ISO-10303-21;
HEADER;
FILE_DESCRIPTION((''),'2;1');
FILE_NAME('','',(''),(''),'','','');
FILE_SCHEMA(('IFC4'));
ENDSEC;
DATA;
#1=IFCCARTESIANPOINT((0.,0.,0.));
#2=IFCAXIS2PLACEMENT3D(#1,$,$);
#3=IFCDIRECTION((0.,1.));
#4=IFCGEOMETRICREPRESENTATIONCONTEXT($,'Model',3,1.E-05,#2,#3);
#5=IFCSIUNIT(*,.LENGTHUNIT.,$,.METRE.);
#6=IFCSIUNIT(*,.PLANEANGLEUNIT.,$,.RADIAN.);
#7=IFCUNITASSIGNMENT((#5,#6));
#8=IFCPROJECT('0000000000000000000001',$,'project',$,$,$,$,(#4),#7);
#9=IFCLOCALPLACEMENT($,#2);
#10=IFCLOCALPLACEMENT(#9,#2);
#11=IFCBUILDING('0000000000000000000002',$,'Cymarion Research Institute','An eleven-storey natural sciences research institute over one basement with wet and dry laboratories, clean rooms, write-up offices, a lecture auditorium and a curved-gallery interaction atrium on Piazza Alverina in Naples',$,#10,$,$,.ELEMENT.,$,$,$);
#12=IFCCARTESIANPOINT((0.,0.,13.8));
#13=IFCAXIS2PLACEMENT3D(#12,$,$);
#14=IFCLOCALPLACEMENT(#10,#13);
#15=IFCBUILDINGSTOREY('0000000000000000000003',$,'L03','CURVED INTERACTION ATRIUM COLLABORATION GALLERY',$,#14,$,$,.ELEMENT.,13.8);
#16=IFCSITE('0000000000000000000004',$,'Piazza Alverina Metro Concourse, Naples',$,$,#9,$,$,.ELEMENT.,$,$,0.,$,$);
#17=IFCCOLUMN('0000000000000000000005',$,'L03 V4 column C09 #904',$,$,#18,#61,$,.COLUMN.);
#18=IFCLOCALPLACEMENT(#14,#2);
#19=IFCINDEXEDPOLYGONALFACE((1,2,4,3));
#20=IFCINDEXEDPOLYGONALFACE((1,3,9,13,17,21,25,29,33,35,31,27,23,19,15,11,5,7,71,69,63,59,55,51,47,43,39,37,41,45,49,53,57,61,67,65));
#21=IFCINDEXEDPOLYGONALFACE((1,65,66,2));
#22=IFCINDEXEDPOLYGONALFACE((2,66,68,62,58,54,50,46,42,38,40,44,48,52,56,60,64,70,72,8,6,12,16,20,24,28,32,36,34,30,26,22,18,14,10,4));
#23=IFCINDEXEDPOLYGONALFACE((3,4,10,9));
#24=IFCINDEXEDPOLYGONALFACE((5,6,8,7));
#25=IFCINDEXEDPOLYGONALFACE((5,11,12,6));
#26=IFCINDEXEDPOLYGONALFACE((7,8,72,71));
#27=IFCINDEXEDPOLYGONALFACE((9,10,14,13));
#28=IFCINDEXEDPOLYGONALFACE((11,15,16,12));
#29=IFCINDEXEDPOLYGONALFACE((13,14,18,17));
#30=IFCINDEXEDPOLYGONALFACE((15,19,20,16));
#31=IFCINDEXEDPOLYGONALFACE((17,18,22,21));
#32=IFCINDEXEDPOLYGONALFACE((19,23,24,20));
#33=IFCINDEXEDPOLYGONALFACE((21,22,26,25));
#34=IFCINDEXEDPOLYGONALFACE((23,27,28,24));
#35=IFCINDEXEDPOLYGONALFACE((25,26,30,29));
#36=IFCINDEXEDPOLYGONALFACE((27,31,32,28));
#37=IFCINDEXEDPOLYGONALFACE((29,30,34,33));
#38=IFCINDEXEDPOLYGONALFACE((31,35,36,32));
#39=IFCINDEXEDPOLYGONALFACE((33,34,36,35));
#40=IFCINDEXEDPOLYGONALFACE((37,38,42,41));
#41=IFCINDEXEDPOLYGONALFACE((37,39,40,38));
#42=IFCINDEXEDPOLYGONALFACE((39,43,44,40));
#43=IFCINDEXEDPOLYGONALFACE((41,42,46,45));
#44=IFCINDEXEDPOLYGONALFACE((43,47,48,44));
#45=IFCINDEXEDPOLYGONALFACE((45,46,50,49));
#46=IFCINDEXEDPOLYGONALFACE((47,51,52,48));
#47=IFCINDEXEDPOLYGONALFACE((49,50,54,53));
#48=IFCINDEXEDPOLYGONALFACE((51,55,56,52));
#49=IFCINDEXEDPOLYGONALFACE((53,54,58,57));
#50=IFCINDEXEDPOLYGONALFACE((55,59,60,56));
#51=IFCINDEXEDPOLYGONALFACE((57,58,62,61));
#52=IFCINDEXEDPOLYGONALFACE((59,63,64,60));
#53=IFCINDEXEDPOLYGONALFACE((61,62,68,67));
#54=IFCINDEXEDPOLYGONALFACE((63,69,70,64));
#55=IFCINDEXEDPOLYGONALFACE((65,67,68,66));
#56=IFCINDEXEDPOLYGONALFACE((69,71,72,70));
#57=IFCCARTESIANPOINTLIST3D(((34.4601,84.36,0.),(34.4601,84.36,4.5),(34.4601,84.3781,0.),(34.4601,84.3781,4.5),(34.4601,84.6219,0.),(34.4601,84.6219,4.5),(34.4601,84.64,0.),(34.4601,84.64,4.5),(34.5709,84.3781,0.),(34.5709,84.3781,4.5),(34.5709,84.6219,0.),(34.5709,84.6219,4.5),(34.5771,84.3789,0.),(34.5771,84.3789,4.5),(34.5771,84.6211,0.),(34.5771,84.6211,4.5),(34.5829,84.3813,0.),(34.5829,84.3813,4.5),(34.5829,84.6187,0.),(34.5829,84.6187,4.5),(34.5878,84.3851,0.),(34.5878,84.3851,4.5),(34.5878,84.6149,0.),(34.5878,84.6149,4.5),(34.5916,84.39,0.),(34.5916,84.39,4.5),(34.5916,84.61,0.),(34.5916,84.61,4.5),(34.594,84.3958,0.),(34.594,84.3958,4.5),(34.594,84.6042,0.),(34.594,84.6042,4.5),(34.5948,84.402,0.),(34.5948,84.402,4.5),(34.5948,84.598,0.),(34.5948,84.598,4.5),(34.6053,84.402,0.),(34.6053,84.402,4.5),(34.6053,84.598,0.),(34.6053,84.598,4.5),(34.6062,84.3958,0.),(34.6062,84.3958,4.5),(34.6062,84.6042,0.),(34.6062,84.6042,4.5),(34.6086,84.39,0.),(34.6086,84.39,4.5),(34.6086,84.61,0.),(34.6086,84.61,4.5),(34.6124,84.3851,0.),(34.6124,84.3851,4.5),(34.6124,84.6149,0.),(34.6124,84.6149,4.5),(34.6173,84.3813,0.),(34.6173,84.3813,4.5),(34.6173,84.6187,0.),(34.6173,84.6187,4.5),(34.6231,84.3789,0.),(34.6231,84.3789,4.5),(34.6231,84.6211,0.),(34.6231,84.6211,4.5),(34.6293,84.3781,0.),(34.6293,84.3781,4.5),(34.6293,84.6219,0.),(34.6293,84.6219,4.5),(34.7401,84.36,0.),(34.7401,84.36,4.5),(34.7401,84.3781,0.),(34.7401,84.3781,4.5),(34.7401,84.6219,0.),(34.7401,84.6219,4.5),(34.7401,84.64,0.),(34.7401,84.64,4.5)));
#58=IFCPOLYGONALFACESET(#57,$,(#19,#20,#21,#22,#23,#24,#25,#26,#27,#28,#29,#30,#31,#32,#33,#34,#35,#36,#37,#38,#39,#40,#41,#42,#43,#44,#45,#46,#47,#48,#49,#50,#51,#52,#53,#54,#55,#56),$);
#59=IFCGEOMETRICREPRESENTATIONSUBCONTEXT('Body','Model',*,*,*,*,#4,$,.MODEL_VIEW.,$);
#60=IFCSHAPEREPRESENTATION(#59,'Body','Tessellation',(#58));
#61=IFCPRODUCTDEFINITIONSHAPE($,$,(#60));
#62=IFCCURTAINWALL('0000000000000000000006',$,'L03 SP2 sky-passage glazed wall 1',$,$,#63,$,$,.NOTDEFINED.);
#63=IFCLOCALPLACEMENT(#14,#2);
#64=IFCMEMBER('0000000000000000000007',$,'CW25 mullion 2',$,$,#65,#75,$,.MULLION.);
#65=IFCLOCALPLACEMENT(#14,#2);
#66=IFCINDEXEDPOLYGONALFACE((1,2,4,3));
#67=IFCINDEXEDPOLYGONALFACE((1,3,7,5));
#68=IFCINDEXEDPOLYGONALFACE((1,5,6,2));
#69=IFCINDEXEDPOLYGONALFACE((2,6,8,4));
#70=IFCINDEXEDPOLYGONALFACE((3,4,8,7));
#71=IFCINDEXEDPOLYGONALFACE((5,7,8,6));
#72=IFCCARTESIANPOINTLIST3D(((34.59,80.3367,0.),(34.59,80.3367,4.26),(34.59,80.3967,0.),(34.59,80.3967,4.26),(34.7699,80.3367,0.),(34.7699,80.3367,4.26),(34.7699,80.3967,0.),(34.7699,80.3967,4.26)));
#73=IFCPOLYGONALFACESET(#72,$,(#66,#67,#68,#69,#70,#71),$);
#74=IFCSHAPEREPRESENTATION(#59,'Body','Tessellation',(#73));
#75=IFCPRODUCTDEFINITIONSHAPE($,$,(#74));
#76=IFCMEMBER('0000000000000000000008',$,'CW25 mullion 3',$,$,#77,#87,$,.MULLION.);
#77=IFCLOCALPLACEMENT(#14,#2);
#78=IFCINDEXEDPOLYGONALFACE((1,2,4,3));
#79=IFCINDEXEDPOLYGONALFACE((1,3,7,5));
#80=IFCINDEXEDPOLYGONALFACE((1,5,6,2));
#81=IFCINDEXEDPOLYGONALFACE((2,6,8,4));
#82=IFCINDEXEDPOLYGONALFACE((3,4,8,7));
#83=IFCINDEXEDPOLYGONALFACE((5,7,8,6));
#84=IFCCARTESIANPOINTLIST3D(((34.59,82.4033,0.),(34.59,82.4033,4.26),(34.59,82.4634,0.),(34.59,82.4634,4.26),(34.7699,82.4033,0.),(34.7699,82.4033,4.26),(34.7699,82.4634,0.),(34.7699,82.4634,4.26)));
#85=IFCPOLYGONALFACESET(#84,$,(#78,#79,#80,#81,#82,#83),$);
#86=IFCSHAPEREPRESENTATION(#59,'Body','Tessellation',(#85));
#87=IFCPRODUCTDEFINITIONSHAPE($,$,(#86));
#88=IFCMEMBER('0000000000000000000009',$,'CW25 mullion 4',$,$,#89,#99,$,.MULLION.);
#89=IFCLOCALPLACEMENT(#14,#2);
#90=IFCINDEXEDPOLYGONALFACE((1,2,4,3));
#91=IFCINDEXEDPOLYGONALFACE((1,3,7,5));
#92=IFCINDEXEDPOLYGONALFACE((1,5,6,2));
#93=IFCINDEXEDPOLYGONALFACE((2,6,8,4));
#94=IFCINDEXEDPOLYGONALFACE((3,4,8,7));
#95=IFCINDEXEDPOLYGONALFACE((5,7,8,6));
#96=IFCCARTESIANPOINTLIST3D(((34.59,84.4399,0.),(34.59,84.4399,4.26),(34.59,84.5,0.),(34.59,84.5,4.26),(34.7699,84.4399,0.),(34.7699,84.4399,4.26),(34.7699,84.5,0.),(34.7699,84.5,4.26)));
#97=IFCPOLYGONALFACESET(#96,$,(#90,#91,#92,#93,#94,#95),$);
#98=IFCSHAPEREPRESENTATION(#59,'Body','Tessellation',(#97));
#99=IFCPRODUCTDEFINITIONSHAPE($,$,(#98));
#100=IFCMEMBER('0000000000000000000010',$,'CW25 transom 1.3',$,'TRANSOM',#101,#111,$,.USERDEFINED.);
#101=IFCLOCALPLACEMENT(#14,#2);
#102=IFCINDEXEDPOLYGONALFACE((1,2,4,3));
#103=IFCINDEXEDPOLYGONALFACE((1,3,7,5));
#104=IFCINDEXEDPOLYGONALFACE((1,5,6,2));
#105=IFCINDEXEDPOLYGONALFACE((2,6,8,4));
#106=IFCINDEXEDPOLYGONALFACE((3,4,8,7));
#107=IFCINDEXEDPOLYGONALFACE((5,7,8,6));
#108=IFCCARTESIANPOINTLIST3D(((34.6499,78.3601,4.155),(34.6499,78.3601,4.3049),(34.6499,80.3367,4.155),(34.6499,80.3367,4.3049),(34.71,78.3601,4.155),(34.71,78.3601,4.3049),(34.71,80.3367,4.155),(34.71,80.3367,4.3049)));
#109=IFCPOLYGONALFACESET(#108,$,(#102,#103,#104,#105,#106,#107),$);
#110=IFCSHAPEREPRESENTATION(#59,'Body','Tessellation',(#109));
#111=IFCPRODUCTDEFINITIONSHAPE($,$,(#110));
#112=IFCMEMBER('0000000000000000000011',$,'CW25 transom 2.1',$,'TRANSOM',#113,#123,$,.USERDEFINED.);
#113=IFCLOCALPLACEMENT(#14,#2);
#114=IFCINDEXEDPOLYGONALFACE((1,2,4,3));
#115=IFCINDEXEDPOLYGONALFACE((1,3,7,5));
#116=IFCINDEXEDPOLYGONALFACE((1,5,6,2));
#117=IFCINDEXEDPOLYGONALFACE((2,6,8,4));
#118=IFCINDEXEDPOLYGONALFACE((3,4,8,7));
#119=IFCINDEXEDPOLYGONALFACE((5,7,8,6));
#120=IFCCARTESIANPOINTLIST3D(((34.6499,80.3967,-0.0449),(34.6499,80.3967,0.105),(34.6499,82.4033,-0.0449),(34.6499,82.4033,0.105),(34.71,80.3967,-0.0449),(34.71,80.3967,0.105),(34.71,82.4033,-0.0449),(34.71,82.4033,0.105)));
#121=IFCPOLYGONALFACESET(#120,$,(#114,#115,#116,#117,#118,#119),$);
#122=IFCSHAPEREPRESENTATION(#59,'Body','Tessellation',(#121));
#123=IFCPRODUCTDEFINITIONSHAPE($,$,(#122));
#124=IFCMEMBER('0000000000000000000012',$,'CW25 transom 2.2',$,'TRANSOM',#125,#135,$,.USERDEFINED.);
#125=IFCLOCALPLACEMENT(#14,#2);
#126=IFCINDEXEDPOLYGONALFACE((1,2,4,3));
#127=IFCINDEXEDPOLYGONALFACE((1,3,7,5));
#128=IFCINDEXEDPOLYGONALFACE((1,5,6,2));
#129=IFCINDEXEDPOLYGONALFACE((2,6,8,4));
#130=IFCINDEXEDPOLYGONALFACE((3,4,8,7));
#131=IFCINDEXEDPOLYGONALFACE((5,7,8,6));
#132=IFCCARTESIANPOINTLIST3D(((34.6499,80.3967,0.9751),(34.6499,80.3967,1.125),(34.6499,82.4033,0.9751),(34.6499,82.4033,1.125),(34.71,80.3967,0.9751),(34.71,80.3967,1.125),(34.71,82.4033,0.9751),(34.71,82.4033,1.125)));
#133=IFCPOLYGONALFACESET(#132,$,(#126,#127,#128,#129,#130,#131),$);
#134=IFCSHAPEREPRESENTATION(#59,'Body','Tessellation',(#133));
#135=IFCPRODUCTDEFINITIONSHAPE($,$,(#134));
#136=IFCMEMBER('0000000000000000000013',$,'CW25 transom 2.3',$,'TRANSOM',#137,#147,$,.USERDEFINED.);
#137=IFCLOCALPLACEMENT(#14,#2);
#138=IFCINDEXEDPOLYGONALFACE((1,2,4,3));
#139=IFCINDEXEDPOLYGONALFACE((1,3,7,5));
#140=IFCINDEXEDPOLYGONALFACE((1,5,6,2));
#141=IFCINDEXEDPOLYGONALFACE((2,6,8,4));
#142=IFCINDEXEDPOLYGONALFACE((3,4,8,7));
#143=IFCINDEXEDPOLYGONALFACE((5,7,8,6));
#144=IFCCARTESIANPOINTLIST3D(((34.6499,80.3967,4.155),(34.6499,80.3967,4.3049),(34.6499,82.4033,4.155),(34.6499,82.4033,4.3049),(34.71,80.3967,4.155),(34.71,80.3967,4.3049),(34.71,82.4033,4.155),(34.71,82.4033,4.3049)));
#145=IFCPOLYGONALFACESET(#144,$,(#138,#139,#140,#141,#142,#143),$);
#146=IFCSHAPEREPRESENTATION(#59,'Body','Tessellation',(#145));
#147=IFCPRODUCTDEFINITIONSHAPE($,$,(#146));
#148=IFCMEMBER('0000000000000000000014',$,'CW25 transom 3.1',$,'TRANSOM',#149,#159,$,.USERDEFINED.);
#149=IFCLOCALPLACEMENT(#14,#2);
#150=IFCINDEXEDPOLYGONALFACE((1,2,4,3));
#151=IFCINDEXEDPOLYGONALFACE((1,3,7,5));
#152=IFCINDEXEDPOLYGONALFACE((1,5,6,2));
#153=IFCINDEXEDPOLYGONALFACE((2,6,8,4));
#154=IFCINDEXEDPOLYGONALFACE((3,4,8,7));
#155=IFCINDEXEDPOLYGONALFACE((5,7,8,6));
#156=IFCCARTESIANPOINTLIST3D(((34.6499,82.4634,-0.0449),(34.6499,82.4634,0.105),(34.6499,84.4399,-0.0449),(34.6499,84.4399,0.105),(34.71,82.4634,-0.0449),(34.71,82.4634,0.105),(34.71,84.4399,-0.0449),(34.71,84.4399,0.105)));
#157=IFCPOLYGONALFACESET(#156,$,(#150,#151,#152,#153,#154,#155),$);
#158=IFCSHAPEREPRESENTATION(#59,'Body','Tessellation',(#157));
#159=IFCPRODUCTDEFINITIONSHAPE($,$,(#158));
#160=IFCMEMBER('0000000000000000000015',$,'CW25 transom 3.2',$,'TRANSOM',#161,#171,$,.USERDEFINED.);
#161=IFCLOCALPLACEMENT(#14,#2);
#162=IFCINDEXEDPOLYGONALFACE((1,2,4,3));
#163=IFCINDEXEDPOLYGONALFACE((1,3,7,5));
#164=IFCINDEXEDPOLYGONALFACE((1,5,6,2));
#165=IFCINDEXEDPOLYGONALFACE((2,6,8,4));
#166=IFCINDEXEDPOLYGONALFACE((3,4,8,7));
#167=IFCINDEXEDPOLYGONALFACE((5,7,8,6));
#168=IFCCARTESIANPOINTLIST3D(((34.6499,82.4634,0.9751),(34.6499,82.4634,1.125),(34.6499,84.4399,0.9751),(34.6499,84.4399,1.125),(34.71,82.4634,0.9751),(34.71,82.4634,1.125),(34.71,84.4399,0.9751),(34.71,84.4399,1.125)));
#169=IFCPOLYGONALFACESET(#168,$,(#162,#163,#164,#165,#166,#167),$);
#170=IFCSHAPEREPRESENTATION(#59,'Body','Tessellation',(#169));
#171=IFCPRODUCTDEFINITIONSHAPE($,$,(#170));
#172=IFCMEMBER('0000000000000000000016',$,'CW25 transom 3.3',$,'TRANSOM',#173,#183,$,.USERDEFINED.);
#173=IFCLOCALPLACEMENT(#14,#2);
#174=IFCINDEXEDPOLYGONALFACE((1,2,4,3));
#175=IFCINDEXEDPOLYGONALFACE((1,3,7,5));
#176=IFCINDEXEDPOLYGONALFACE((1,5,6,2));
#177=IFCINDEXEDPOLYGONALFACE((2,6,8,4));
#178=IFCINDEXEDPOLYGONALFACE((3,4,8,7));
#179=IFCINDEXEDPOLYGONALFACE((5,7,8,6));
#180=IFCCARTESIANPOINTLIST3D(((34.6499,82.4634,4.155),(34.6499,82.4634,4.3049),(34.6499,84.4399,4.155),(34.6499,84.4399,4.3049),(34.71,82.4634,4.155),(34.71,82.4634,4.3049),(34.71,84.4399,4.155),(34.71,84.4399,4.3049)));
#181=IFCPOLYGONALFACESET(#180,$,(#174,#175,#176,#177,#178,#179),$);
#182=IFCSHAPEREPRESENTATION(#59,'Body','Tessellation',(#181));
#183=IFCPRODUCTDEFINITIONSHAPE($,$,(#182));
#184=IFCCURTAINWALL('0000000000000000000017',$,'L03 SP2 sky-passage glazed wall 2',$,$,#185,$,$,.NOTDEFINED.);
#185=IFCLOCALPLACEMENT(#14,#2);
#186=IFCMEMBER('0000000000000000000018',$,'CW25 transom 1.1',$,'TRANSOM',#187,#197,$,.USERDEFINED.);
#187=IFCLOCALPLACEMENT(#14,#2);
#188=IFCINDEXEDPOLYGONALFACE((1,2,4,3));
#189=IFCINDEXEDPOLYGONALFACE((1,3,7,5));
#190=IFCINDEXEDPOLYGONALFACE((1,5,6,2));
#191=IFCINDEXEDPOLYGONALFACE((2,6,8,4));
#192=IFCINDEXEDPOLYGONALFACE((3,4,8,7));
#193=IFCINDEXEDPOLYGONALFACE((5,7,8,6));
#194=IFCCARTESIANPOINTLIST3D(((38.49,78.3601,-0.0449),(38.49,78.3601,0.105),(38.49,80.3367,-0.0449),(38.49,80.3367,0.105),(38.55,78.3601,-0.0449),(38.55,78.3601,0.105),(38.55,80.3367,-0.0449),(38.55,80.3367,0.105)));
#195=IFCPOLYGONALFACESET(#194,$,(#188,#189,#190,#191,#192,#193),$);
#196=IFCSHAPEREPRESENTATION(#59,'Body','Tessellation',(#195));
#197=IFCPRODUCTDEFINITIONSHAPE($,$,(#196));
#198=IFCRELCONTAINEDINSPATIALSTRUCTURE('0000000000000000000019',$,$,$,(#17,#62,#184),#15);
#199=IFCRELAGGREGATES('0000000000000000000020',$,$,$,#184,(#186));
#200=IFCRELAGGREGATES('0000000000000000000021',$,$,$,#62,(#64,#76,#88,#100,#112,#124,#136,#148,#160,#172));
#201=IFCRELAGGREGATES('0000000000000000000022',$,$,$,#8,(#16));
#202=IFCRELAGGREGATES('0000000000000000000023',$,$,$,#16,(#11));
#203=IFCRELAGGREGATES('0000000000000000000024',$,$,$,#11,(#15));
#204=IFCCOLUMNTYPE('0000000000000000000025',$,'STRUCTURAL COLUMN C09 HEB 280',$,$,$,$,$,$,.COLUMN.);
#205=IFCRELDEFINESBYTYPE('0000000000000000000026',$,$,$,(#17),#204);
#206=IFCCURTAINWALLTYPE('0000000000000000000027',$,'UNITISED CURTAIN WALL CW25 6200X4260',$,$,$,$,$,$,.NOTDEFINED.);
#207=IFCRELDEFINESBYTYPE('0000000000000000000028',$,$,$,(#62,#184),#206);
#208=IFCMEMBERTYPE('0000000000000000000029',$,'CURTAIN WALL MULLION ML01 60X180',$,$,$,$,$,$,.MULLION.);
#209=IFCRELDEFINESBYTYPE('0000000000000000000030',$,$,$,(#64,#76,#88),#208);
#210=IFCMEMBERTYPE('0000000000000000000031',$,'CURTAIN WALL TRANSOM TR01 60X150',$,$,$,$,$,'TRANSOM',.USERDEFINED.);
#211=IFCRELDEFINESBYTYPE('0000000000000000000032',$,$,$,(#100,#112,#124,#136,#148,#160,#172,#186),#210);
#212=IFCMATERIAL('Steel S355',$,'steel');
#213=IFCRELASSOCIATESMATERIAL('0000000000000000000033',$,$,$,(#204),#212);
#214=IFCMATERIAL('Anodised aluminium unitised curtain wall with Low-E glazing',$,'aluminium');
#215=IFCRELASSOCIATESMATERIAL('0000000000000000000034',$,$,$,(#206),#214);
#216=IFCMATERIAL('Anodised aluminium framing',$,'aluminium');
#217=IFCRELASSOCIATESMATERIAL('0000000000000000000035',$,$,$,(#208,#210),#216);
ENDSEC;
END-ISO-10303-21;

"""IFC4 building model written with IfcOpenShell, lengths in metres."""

from ifc_helpers import new_model, si_unit, direction, frame, origin, origin_2d, place, context, subcontext, project, spatial, rectangle, i_section, extrude, material, material_profile, profile_set, type_object, element, aggregate, save


model = new_model("IFC4")

# Units and contexts
model_context = context("Model", 3, precision=1e-05, world=origin(), true_north=direction((0.0, 1.0)))
body_context = subcontext(model_context, "Body", "Model", "MODEL_VIEW")
ifc_project = project(units=[si_unit("LENGTHUNIT", "METRE"), si_unit("PLANEANGLEUNIT", "RADIAN")], contexts=[model_context])

# Site, building, storey
site_placement = place(None, origin())
site = spatial("IfcSite", under=ifc_project, at=site_placement, Name="Piazza Alverina Metro Concourse, Naples", CompositionType="ELEMENT", RefElevation=0.0)
building_placement = place(site_placement, origin())
building = spatial("IfcBuilding", under=site, at=building_placement, Name="Cymarion Research Institute", Description="An eleven-storey natural sciences research institute over one basement with wet and dry laboratories, clean rooms, write-up offices, a lecture auditorium and a curved-gallery interaction atrium on Piazza Alverina in Naples", CompositionType="ELEMENT")
storey_placement = place(building_placement, frame((0.0, 0.0, 13.8)))
storey = spatial("IfcBuildingStorey", under=building, at=storey_placement, Name="L03", Description="CURVED INTERACTION ATRIUM COLLABORATION GALLERY", CompositionType="ELEMENT", Elevation=13.8)

# Column
ifc_material_1 = material(Name="Steel S355", Category="steel")
ifc_material_profile_1 = material_profile(ifc_material_1, i_section(OverallWidth=0.28, OverallDepth=0.28, WebThickness=0.0105, FlangeThickness=0.0181, FilletRadius=0.0239, at=origin_2d()), Name="HEB 280")
ifc_profile_set_1 = profile_set([ifc_material_profile_1], Name="Steel S355")
column_type = type_object("IfcColumnType", Name="STRUCTURAL COLUMN C09 HEB 280", PredefinedType="COLUMN", material=ifc_profile_set_1)
column_placement = place(storey_placement, frame((34.6001, 84.5, 0.0), z_axis=(0.0, 0.0, 1.0), x_axis=(1.0, 0.0, 0.0)))
element("IfcColumn", 1, at=column_placement, inside=storey, type_object=column_type, Name="L03 V4 column C09 #904", PredefinedType="COLUMN", context=body_context, shape_type="SweptSolid", body=[
    extrude(i_section(OverallWidth=0.28, OverallDepth=0.28, WebThickness=0.0105, FlangeThickness=0.0181, FilletRadius=0.0239, at=origin_2d()), origin(), (0.0, 0.0, 1.0), 4.5),
])

# Curtain walls, members
ifc_material_2 = material(Name="Anodised aluminium unitised curtain wall with Low-E glazing", Category="aluminium")
curtain_wall_type = type_object("IfcCurtainWallType", Name="UNITISED CURTAIN WALL CW25 6200X4260", PredefinedType="NOTDEFINED", material=ifc_material_2)
curtain_wall_1_placement = place(storey_placement, origin())
curtain_wall_1 = element("IfcCurtainWall", 2, at=curtain_wall_1_placement, inside=storey, type_object=curtain_wall_type, Name="L03 SP2 sky-passage glazed wall 1", PredefinedType="NOTDEFINED")
ifc_material_3 = material(Name="Anodised aluminium framing", Category="aluminium")
ifc_material_profile_2 = material_profile(ifc_material_3, rectangle(XDim=0.0601, YDim=0.1799, at=origin_2d()), Name="ALU MULLION 60x180")
ifc_profile_set_2 = profile_set([ifc_material_profile_2], Name="Anodised aluminium framing")
member_type_1 = type_object("IfcMemberType", Name="CURTAIN WALL MULLION ML01 60X180", PredefinedType="MULLION", material=ifc_profile_set_2)
member_1_placement = place(storey_placement, frame((34.6799, 80.3667, 0.0), z_axis=(0.0, 0.0, 1.0), x_axis=(0.0, 1.0, 0.0)))
member_1 = element("IfcMember", 3, at=member_1_placement, type_object=member_type_1, Name="CW25 mullion 2", PredefinedType="MULLION", context=body_context, shape_type="SweptSolid", body=[
    extrude(rectangle(XDim=0.0601, YDim=0.1799, at=origin_2d()), origin(), (0.0, 0.0, 1.0), 4.26),
])
member_2_placement = place(storey_placement, frame((34.6799, 82.4333, 0.0), z_axis=(0.0, 0.0, 1.0), x_axis=(0.0, 1.0, 0.0)))
member_2 = element("IfcMember", 4, at=member_2_placement, type_object=member_type_1, Name="CW25 mullion 3", PredefinedType="MULLION", context=body_context, shape_type="SweptSolid", body=[
    extrude(rectangle(XDim=0.0601, YDim=0.1799, at=origin_2d()), origin(), (0.0, 0.0, 1.0), 4.26),
])
member_3_placement = place(storey_placement, frame((34.6799, 84.47, 0.0), z_axis=(0.0, 0.0, 1.0), x_axis=(0.0, 1.0, 0.0)))
member_3 = element("IfcMember", 5, at=member_3_placement, type_object=member_type_1, Name="CW25 mullion 4", PredefinedType="MULLION", context=body_context, shape_type="SweptSolid", body=[
    extrude(rectangle(XDim=0.0601, YDim=0.1799, at=origin_2d()), origin(), (0.0, 0.0, 1.0), 4.26),
])
ifc_material_profile_3 = material_profile(ifc_material_3, rectangle(XDim=0.0601, YDim=0.1499, at=origin_2d()), Name="ALU TRANSOM 60x150")
ifc_profile_set_3 = profile_set([ifc_material_profile_3], Name="Anodised aluminium framing")
member_type_2 = type_object("IfcMemberType", Name="CURTAIN WALL TRANSOM TR01 60X150", ElementType="TRANSOM", PredefinedType="USERDEFINED", material=ifc_profile_set_3)
member_4_placement = place(storey_placement, frame((34.6799, 78.3601, 4.23), z_axis=(0.0, 1.0, 0.0), x_axis=(-1.0, 0.0, 0.0)))
member_4 = element("IfcMember", 6, at=member_4_placement, type_object=member_type_2, Name="CW25 transom 1.3", ObjectType="TRANSOM", PredefinedType="USERDEFINED", context=body_context, shape_type="SweptSolid", body=[
    extrude(rectangle(XDim=0.0601, YDim=0.1499, at=origin_2d()), origin(), (0.0, 0.0, 1.0), 1.9766),
])
member_5_placement = place(storey_placement, frame((34.6799, 80.3967, 0.03), z_axis=(0.0, 1.0, 0.0), x_axis=(-1.0, 0.0, 0.0)))
member_5 = element("IfcMember", 7, at=member_5_placement, type_object=member_type_2, Name="CW25 transom 2.1", ObjectType="TRANSOM", PredefinedType="USERDEFINED", context=body_context, shape_type="SweptSolid", body=[
    extrude(rectangle(XDim=0.0601, YDim=0.1499, at=origin_2d()), origin(), (0.0, 0.0, 1.0), 2.0066),
])
member_6_placement = place(storey_placement, frame((34.6799, 80.3967, 1.05), z_axis=(0.0, 1.0, 0.0), x_axis=(-1.0, 0.0, 0.0)))
member_6 = element("IfcMember", 8, at=member_6_placement, type_object=member_type_2, Name="CW25 transom 2.2", ObjectType="TRANSOM", PredefinedType="USERDEFINED", context=body_context, shape_type="SweptSolid", body=[
    extrude(rectangle(XDim=0.0601, YDim=0.1499, at=origin_2d()), origin(), (0.0, 0.0, 1.0), 2.0066),
])
member_7_placement = place(storey_placement, frame((34.6799, 80.3967, 4.23), z_axis=(0.0, 1.0, 0.0), x_axis=(-1.0, 0.0, 0.0)))
member_7 = element("IfcMember", 9, at=member_7_placement, type_object=member_type_2, Name="CW25 transom 2.3", ObjectType="TRANSOM", PredefinedType="USERDEFINED", context=body_context, shape_type="SweptSolid", body=[
    extrude(rectangle(XDim=0.0601, YDim=0.1499, at=origin_2d()), origin(), (0.0, 0.0, 1.0), 2.0066),
])
member_8_placement = place(storey_placement, frame((34.6799, 82.4634, 0.03), z_axis=(0.0, 1.0, 0.0), x_axis=(-1.0, 0.0, 0.0)))
member_8 = element("IfcMember", 10, at=member_8_placement, type_object=member_type_2, Name="CW25 transom 3.1", ObjectType="TRANSOM", PredefinedType="USERDEFINED", context=body_context, shape_type="SweptSolid", body=[
    extrude(rectangle(XDim=0.0601, YDim=0.1499, at=origin_2d()), origin(), (0.0, 0.0, 1.0), 1.9766),
])
member_9_placement = place(storey_placement, frame((34.6799, 82.4634, 1.05), z_axis=(0.0, 1.0, 0.0), x_axis=(-1.0, 0.0, 0.0)))
member_9 = element("IfcMember", 11, at=member_9_placement, type_object=member_type_2, Name="CW25 transom 3.2", ObjectType="TRANSOM", PredefinedType="USERDEFINED", context=body_context, shape_type="SweptSolid", body=[
    extrude(rectangle(XDim=0.0601, YDim=0.1499, at=origin_2d()), origin(), (0.0, 0.0, 1.0), 1.9766),
])
member_10_placement = place(storey_placement, frame((34.6799, 82.4634, 4.23), z_axis=(0.0, 1.0, 0.0), x_axis=(-1.0, 0.0, 0.0)))
member_10 = element("IfcMember", 12, at=member_10_placement, type_object=member_type_2, Name="CW25 transom 3.3", ObjectType="TRANSOM", PredefinedType="USERDEFINED", context=body_context, shape_type="SweptSolid", body=[
    extrude(rectangle(XDim=0.0601, YDim=0.1499, at=origin_2d()), origin(), (0.0, 0.0, 1.0), 1.9766),
])
curtain_wall_2_placement = place(storey_placement, origin())
curtain_wall_2 = element("IfcCurtainWall", 13, at=curtain_wall_2_placement, inside=storey, type_object=curtain_wall_type, Name="L03 SP2 sky-passage glazed wall 2", PredefinedType="NOTDEFINED")
member_11_placement = place(storey_placement, frame((38.52, 78.3601, 0.03), z_axis=(0.0, 1.0, 0.0), x_axis=(-1.0, 0.0, 0.0)))
member_11 = element("IfcMember", 14, at=member_11_placement, type_object=member_type_2, Name="CW25 transom 1.1", ObjectType="TRANSOM", PredefinedType="USERDEFINED", context=body_context, shape_type="SweptSolid", body=[
    extrude(rectangle(XDim=0.0601, YDim=0.1499, at=origin_2d()), origin(), (0.0, 0.0, 1.0), 1.9766),
])

aggregate(curtain_wall_2, [member_11])
aggregate(curtain_wall_1, [member_1, member_2, member_3, member_4, member_5, member_6, member_7, member_8, member_9, member_10])

save(model, "model.ifc")
